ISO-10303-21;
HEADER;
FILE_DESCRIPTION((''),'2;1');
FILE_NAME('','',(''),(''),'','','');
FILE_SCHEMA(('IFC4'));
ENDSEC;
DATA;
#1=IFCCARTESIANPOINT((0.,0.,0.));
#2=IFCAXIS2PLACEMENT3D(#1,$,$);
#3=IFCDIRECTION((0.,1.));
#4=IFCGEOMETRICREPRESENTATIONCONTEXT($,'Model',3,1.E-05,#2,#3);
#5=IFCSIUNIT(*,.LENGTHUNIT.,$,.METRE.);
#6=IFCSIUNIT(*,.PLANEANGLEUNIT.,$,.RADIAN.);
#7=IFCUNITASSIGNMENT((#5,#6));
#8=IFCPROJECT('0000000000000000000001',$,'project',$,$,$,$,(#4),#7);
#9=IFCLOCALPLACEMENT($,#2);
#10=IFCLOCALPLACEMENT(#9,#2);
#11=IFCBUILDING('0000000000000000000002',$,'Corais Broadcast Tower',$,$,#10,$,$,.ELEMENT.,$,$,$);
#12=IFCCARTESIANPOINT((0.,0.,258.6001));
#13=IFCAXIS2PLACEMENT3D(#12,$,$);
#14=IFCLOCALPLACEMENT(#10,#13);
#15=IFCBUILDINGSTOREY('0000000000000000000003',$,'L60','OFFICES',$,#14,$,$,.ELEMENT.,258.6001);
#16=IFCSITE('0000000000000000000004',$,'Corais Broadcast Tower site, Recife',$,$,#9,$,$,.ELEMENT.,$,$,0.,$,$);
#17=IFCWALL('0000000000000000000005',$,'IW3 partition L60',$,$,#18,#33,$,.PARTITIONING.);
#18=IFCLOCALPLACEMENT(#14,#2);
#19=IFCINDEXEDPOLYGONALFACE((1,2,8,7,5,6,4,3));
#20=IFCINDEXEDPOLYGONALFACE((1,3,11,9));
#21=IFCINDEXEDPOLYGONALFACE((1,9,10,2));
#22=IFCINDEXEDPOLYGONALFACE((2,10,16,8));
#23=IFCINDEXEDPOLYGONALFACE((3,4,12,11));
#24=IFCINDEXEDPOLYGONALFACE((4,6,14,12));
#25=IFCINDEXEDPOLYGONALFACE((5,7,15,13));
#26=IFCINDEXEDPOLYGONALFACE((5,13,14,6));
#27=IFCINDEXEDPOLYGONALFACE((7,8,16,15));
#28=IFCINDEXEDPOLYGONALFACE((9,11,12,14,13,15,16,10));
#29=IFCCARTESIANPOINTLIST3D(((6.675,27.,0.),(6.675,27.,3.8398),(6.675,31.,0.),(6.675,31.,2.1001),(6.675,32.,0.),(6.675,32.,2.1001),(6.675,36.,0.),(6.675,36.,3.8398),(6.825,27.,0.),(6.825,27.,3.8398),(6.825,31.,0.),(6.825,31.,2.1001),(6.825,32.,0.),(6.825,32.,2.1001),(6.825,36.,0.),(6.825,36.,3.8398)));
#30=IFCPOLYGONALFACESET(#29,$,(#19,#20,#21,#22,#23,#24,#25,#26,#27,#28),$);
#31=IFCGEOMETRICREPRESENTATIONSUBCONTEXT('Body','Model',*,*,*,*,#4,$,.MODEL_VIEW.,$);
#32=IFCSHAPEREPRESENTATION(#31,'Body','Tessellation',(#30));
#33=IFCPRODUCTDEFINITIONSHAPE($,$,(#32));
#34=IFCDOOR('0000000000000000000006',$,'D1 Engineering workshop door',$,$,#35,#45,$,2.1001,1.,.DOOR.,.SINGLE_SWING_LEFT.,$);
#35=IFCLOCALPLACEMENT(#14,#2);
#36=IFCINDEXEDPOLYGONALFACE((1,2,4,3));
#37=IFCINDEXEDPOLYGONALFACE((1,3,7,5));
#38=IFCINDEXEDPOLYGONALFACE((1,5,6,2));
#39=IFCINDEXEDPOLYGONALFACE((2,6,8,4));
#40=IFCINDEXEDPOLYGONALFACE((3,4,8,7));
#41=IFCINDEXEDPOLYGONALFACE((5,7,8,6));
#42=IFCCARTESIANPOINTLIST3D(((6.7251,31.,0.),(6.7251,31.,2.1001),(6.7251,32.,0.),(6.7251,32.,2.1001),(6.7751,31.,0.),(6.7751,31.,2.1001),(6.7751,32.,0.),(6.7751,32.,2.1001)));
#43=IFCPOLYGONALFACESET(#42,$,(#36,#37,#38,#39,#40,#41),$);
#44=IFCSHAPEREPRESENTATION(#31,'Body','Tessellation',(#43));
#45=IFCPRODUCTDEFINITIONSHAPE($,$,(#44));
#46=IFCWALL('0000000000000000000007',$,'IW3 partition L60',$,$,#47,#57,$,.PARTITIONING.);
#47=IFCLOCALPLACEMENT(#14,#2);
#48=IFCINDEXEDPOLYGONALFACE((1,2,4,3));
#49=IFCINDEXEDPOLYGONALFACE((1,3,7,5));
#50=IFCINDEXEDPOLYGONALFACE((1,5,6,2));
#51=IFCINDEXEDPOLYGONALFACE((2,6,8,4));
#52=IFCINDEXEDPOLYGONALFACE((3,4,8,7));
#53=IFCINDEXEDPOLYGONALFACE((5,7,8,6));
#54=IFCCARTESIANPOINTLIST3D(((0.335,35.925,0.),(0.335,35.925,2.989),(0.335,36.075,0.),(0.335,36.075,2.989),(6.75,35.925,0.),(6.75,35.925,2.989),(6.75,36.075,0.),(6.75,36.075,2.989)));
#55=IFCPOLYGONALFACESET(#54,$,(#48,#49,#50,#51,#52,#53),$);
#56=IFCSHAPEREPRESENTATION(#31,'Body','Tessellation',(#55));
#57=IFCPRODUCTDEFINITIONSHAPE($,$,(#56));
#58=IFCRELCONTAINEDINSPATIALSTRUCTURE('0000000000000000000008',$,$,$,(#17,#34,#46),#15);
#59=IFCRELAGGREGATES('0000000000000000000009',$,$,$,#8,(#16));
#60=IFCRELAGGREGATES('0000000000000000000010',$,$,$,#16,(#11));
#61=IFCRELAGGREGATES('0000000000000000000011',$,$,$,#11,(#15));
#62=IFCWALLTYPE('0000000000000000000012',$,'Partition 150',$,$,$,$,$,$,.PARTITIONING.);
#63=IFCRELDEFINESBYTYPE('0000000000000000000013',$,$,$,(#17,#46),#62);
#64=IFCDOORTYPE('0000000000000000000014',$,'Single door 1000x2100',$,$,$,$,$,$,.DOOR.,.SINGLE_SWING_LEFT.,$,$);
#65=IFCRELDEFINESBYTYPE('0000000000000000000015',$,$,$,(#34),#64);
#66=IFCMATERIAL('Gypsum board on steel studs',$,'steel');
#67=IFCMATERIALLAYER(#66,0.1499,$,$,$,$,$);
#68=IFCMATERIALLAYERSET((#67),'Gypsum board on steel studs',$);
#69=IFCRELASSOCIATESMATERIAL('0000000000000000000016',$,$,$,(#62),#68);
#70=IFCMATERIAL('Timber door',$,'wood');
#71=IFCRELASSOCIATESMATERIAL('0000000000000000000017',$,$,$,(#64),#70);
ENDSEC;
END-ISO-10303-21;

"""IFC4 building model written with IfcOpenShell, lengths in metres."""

from ifc_helpers import new_model, si_unit, direction, frame, frame_2d, origin, place, context, subcontext, project, spatial, rectangle, extrude, material, layer, layer_set, type_object, element, fill, save


model = new_model("IFC4")

# Units and contexts
model_context = context("Model", 3, precision=1e-05, world=origin(), true_north=direction((0.0, 1.0)))
body_context = subcontext(model_context, "Body", "Model", "MODEL_VIEW")
ifc_project = project(units=[si_unit("LENGTHUNIT", "METRE"), si_unit("PLANEANGLEUNIT", "RADIAN")], contexts=[model_context])

# Site, building, storey
site_placement = place(None, origin())
site = spatial("IfcSite", under=ifc_project, at=site_placement, Name="Corais Broadcast Tower site, Recife", CompositionType="ELEMENT", RefElevation=0.0)
building_placement = place(site_placement, origin())
building = spatial("IfcBuilding", under=site, at=building_placement, Name="Corais Broadcast Tower", CompositionType="ELEMENT")
storey_placement = place(building_placement, frame((0.0, 0.0, 258.6001)))
storey = spatial("IfcBuildingStorey", under=building, at=storey_placement, Name="L60", Description="OFFICES", CompositionType="ELEMENT", Elevation=258.6001)

# Shared definitions
ifc_material_1 = material(Name="Gypsum board on steel studs", Category="steel")
ifc_layer_1 = layer(ifc_material_1, 0.1499)
ifc_layer_set_1 = layer_set([ifc_layer_1], Name="Gypsum board on steel studs")
wall_type_1 = type_object("IfcWallType", Name="Partition 150", PredefinedType="PARTITIONING", material=ifc_layer_set_1)

# Wall, opening, door
wall_1_placement = place(storey_placement, frame((6.75, 27.0, 0.0), z_axis=(0.0, 0.0, 1.0), x_axis=(0.0, 1.0, 0.0)))
wall_1 = element("IfcWall", 1, at=wall_1_placement, inside=storey, type_object=wall_type_1, Name="IW3 partition L60", PredefinedType="PARTITIONING", context=body_context, shape_type="SweptSolid", body=[
    extrude(rectangle(XDim=9.0, YDim=0.1499, at=frame_2d((4.5, 0.0))), origin(), (0.0, 0.0, 1.0), 3.8398),
])
opening_1_placement = place(wall_1_placement, frame((4.0, 0.0, 0.0)))
opening_1 = element("IfcOpeningElement", 2, at=opening_1_placement, cuts=wall_1, PredefinedType="OPENING", context=body_context, shape_type="SweptSolid", body=[
    extrude(rectangle(XDim=1.0, YDim=2.1001, at=frame_2d((0.5, 1.05))), frame((0.0, 0.085, 0.0), z_axis=(0.0, -1.0, 0.0), x_axis=(1.0, 0.0, 0.0)), (0.0, 0.0, 1.0), 0.1699),
])
ifc_material_2 = material(Name="Timber door", Category="wood")
door_type_1 = type_object("IfcDoorType", Name="Single door 1000x2100", OperationType="SINGLE_SWING_LEFT", PredefinedType="DOOR", material=ifc_material_2)
door_1_placement = place(opening_1_placement, origin())
door_1 = element("IfcDoor", 3, at=door_1_placement, inside=storey, type_object=door_type_1, Name="D1 Engineering workshop door", OperationType="SINGLE_SWING_LEFT", OverallHeight=2.1001, OverallWidth=1.0, PredefinedType="DOOR", context=body_context, shape_type="SweptSolid", body=[
    extrude(rectangle(XDim=1.0, YDim=2.1001, at=frame_2d((0.5, 1.05))), frame((0.0, 0.0249, 0.0), z_axis=(0.0, -1.0, 0.0), x_axis=(1.0, 0.0, 0.0)), (0.0, 0.0, 1.0), 0.05),
])
fill(opening_1, door_1)

# Wall
wall_2_placement = place(storey_placement, frame((6.75, 36.0, 0.0), z_axis=(0.0, 0.0, 1.0), x_axis=(-1.0, 0.0, 0.0)))
element("IfcWall", 4, at=wall_2_placement, inside=storey, type_object=wall_type_1, Name="IW3 partition L60", PredefinedType="PARTITIONING", context=body_context, shape_type="SweptSolid", body=[
    extrude(rectangle(XDim=6.415, YDim=0.1499, at=frame_2d((3.2075, 0.0))), origin(), (0.0, 0.0, 1.0), 2.989),
])

save(model, "model.ifc")
